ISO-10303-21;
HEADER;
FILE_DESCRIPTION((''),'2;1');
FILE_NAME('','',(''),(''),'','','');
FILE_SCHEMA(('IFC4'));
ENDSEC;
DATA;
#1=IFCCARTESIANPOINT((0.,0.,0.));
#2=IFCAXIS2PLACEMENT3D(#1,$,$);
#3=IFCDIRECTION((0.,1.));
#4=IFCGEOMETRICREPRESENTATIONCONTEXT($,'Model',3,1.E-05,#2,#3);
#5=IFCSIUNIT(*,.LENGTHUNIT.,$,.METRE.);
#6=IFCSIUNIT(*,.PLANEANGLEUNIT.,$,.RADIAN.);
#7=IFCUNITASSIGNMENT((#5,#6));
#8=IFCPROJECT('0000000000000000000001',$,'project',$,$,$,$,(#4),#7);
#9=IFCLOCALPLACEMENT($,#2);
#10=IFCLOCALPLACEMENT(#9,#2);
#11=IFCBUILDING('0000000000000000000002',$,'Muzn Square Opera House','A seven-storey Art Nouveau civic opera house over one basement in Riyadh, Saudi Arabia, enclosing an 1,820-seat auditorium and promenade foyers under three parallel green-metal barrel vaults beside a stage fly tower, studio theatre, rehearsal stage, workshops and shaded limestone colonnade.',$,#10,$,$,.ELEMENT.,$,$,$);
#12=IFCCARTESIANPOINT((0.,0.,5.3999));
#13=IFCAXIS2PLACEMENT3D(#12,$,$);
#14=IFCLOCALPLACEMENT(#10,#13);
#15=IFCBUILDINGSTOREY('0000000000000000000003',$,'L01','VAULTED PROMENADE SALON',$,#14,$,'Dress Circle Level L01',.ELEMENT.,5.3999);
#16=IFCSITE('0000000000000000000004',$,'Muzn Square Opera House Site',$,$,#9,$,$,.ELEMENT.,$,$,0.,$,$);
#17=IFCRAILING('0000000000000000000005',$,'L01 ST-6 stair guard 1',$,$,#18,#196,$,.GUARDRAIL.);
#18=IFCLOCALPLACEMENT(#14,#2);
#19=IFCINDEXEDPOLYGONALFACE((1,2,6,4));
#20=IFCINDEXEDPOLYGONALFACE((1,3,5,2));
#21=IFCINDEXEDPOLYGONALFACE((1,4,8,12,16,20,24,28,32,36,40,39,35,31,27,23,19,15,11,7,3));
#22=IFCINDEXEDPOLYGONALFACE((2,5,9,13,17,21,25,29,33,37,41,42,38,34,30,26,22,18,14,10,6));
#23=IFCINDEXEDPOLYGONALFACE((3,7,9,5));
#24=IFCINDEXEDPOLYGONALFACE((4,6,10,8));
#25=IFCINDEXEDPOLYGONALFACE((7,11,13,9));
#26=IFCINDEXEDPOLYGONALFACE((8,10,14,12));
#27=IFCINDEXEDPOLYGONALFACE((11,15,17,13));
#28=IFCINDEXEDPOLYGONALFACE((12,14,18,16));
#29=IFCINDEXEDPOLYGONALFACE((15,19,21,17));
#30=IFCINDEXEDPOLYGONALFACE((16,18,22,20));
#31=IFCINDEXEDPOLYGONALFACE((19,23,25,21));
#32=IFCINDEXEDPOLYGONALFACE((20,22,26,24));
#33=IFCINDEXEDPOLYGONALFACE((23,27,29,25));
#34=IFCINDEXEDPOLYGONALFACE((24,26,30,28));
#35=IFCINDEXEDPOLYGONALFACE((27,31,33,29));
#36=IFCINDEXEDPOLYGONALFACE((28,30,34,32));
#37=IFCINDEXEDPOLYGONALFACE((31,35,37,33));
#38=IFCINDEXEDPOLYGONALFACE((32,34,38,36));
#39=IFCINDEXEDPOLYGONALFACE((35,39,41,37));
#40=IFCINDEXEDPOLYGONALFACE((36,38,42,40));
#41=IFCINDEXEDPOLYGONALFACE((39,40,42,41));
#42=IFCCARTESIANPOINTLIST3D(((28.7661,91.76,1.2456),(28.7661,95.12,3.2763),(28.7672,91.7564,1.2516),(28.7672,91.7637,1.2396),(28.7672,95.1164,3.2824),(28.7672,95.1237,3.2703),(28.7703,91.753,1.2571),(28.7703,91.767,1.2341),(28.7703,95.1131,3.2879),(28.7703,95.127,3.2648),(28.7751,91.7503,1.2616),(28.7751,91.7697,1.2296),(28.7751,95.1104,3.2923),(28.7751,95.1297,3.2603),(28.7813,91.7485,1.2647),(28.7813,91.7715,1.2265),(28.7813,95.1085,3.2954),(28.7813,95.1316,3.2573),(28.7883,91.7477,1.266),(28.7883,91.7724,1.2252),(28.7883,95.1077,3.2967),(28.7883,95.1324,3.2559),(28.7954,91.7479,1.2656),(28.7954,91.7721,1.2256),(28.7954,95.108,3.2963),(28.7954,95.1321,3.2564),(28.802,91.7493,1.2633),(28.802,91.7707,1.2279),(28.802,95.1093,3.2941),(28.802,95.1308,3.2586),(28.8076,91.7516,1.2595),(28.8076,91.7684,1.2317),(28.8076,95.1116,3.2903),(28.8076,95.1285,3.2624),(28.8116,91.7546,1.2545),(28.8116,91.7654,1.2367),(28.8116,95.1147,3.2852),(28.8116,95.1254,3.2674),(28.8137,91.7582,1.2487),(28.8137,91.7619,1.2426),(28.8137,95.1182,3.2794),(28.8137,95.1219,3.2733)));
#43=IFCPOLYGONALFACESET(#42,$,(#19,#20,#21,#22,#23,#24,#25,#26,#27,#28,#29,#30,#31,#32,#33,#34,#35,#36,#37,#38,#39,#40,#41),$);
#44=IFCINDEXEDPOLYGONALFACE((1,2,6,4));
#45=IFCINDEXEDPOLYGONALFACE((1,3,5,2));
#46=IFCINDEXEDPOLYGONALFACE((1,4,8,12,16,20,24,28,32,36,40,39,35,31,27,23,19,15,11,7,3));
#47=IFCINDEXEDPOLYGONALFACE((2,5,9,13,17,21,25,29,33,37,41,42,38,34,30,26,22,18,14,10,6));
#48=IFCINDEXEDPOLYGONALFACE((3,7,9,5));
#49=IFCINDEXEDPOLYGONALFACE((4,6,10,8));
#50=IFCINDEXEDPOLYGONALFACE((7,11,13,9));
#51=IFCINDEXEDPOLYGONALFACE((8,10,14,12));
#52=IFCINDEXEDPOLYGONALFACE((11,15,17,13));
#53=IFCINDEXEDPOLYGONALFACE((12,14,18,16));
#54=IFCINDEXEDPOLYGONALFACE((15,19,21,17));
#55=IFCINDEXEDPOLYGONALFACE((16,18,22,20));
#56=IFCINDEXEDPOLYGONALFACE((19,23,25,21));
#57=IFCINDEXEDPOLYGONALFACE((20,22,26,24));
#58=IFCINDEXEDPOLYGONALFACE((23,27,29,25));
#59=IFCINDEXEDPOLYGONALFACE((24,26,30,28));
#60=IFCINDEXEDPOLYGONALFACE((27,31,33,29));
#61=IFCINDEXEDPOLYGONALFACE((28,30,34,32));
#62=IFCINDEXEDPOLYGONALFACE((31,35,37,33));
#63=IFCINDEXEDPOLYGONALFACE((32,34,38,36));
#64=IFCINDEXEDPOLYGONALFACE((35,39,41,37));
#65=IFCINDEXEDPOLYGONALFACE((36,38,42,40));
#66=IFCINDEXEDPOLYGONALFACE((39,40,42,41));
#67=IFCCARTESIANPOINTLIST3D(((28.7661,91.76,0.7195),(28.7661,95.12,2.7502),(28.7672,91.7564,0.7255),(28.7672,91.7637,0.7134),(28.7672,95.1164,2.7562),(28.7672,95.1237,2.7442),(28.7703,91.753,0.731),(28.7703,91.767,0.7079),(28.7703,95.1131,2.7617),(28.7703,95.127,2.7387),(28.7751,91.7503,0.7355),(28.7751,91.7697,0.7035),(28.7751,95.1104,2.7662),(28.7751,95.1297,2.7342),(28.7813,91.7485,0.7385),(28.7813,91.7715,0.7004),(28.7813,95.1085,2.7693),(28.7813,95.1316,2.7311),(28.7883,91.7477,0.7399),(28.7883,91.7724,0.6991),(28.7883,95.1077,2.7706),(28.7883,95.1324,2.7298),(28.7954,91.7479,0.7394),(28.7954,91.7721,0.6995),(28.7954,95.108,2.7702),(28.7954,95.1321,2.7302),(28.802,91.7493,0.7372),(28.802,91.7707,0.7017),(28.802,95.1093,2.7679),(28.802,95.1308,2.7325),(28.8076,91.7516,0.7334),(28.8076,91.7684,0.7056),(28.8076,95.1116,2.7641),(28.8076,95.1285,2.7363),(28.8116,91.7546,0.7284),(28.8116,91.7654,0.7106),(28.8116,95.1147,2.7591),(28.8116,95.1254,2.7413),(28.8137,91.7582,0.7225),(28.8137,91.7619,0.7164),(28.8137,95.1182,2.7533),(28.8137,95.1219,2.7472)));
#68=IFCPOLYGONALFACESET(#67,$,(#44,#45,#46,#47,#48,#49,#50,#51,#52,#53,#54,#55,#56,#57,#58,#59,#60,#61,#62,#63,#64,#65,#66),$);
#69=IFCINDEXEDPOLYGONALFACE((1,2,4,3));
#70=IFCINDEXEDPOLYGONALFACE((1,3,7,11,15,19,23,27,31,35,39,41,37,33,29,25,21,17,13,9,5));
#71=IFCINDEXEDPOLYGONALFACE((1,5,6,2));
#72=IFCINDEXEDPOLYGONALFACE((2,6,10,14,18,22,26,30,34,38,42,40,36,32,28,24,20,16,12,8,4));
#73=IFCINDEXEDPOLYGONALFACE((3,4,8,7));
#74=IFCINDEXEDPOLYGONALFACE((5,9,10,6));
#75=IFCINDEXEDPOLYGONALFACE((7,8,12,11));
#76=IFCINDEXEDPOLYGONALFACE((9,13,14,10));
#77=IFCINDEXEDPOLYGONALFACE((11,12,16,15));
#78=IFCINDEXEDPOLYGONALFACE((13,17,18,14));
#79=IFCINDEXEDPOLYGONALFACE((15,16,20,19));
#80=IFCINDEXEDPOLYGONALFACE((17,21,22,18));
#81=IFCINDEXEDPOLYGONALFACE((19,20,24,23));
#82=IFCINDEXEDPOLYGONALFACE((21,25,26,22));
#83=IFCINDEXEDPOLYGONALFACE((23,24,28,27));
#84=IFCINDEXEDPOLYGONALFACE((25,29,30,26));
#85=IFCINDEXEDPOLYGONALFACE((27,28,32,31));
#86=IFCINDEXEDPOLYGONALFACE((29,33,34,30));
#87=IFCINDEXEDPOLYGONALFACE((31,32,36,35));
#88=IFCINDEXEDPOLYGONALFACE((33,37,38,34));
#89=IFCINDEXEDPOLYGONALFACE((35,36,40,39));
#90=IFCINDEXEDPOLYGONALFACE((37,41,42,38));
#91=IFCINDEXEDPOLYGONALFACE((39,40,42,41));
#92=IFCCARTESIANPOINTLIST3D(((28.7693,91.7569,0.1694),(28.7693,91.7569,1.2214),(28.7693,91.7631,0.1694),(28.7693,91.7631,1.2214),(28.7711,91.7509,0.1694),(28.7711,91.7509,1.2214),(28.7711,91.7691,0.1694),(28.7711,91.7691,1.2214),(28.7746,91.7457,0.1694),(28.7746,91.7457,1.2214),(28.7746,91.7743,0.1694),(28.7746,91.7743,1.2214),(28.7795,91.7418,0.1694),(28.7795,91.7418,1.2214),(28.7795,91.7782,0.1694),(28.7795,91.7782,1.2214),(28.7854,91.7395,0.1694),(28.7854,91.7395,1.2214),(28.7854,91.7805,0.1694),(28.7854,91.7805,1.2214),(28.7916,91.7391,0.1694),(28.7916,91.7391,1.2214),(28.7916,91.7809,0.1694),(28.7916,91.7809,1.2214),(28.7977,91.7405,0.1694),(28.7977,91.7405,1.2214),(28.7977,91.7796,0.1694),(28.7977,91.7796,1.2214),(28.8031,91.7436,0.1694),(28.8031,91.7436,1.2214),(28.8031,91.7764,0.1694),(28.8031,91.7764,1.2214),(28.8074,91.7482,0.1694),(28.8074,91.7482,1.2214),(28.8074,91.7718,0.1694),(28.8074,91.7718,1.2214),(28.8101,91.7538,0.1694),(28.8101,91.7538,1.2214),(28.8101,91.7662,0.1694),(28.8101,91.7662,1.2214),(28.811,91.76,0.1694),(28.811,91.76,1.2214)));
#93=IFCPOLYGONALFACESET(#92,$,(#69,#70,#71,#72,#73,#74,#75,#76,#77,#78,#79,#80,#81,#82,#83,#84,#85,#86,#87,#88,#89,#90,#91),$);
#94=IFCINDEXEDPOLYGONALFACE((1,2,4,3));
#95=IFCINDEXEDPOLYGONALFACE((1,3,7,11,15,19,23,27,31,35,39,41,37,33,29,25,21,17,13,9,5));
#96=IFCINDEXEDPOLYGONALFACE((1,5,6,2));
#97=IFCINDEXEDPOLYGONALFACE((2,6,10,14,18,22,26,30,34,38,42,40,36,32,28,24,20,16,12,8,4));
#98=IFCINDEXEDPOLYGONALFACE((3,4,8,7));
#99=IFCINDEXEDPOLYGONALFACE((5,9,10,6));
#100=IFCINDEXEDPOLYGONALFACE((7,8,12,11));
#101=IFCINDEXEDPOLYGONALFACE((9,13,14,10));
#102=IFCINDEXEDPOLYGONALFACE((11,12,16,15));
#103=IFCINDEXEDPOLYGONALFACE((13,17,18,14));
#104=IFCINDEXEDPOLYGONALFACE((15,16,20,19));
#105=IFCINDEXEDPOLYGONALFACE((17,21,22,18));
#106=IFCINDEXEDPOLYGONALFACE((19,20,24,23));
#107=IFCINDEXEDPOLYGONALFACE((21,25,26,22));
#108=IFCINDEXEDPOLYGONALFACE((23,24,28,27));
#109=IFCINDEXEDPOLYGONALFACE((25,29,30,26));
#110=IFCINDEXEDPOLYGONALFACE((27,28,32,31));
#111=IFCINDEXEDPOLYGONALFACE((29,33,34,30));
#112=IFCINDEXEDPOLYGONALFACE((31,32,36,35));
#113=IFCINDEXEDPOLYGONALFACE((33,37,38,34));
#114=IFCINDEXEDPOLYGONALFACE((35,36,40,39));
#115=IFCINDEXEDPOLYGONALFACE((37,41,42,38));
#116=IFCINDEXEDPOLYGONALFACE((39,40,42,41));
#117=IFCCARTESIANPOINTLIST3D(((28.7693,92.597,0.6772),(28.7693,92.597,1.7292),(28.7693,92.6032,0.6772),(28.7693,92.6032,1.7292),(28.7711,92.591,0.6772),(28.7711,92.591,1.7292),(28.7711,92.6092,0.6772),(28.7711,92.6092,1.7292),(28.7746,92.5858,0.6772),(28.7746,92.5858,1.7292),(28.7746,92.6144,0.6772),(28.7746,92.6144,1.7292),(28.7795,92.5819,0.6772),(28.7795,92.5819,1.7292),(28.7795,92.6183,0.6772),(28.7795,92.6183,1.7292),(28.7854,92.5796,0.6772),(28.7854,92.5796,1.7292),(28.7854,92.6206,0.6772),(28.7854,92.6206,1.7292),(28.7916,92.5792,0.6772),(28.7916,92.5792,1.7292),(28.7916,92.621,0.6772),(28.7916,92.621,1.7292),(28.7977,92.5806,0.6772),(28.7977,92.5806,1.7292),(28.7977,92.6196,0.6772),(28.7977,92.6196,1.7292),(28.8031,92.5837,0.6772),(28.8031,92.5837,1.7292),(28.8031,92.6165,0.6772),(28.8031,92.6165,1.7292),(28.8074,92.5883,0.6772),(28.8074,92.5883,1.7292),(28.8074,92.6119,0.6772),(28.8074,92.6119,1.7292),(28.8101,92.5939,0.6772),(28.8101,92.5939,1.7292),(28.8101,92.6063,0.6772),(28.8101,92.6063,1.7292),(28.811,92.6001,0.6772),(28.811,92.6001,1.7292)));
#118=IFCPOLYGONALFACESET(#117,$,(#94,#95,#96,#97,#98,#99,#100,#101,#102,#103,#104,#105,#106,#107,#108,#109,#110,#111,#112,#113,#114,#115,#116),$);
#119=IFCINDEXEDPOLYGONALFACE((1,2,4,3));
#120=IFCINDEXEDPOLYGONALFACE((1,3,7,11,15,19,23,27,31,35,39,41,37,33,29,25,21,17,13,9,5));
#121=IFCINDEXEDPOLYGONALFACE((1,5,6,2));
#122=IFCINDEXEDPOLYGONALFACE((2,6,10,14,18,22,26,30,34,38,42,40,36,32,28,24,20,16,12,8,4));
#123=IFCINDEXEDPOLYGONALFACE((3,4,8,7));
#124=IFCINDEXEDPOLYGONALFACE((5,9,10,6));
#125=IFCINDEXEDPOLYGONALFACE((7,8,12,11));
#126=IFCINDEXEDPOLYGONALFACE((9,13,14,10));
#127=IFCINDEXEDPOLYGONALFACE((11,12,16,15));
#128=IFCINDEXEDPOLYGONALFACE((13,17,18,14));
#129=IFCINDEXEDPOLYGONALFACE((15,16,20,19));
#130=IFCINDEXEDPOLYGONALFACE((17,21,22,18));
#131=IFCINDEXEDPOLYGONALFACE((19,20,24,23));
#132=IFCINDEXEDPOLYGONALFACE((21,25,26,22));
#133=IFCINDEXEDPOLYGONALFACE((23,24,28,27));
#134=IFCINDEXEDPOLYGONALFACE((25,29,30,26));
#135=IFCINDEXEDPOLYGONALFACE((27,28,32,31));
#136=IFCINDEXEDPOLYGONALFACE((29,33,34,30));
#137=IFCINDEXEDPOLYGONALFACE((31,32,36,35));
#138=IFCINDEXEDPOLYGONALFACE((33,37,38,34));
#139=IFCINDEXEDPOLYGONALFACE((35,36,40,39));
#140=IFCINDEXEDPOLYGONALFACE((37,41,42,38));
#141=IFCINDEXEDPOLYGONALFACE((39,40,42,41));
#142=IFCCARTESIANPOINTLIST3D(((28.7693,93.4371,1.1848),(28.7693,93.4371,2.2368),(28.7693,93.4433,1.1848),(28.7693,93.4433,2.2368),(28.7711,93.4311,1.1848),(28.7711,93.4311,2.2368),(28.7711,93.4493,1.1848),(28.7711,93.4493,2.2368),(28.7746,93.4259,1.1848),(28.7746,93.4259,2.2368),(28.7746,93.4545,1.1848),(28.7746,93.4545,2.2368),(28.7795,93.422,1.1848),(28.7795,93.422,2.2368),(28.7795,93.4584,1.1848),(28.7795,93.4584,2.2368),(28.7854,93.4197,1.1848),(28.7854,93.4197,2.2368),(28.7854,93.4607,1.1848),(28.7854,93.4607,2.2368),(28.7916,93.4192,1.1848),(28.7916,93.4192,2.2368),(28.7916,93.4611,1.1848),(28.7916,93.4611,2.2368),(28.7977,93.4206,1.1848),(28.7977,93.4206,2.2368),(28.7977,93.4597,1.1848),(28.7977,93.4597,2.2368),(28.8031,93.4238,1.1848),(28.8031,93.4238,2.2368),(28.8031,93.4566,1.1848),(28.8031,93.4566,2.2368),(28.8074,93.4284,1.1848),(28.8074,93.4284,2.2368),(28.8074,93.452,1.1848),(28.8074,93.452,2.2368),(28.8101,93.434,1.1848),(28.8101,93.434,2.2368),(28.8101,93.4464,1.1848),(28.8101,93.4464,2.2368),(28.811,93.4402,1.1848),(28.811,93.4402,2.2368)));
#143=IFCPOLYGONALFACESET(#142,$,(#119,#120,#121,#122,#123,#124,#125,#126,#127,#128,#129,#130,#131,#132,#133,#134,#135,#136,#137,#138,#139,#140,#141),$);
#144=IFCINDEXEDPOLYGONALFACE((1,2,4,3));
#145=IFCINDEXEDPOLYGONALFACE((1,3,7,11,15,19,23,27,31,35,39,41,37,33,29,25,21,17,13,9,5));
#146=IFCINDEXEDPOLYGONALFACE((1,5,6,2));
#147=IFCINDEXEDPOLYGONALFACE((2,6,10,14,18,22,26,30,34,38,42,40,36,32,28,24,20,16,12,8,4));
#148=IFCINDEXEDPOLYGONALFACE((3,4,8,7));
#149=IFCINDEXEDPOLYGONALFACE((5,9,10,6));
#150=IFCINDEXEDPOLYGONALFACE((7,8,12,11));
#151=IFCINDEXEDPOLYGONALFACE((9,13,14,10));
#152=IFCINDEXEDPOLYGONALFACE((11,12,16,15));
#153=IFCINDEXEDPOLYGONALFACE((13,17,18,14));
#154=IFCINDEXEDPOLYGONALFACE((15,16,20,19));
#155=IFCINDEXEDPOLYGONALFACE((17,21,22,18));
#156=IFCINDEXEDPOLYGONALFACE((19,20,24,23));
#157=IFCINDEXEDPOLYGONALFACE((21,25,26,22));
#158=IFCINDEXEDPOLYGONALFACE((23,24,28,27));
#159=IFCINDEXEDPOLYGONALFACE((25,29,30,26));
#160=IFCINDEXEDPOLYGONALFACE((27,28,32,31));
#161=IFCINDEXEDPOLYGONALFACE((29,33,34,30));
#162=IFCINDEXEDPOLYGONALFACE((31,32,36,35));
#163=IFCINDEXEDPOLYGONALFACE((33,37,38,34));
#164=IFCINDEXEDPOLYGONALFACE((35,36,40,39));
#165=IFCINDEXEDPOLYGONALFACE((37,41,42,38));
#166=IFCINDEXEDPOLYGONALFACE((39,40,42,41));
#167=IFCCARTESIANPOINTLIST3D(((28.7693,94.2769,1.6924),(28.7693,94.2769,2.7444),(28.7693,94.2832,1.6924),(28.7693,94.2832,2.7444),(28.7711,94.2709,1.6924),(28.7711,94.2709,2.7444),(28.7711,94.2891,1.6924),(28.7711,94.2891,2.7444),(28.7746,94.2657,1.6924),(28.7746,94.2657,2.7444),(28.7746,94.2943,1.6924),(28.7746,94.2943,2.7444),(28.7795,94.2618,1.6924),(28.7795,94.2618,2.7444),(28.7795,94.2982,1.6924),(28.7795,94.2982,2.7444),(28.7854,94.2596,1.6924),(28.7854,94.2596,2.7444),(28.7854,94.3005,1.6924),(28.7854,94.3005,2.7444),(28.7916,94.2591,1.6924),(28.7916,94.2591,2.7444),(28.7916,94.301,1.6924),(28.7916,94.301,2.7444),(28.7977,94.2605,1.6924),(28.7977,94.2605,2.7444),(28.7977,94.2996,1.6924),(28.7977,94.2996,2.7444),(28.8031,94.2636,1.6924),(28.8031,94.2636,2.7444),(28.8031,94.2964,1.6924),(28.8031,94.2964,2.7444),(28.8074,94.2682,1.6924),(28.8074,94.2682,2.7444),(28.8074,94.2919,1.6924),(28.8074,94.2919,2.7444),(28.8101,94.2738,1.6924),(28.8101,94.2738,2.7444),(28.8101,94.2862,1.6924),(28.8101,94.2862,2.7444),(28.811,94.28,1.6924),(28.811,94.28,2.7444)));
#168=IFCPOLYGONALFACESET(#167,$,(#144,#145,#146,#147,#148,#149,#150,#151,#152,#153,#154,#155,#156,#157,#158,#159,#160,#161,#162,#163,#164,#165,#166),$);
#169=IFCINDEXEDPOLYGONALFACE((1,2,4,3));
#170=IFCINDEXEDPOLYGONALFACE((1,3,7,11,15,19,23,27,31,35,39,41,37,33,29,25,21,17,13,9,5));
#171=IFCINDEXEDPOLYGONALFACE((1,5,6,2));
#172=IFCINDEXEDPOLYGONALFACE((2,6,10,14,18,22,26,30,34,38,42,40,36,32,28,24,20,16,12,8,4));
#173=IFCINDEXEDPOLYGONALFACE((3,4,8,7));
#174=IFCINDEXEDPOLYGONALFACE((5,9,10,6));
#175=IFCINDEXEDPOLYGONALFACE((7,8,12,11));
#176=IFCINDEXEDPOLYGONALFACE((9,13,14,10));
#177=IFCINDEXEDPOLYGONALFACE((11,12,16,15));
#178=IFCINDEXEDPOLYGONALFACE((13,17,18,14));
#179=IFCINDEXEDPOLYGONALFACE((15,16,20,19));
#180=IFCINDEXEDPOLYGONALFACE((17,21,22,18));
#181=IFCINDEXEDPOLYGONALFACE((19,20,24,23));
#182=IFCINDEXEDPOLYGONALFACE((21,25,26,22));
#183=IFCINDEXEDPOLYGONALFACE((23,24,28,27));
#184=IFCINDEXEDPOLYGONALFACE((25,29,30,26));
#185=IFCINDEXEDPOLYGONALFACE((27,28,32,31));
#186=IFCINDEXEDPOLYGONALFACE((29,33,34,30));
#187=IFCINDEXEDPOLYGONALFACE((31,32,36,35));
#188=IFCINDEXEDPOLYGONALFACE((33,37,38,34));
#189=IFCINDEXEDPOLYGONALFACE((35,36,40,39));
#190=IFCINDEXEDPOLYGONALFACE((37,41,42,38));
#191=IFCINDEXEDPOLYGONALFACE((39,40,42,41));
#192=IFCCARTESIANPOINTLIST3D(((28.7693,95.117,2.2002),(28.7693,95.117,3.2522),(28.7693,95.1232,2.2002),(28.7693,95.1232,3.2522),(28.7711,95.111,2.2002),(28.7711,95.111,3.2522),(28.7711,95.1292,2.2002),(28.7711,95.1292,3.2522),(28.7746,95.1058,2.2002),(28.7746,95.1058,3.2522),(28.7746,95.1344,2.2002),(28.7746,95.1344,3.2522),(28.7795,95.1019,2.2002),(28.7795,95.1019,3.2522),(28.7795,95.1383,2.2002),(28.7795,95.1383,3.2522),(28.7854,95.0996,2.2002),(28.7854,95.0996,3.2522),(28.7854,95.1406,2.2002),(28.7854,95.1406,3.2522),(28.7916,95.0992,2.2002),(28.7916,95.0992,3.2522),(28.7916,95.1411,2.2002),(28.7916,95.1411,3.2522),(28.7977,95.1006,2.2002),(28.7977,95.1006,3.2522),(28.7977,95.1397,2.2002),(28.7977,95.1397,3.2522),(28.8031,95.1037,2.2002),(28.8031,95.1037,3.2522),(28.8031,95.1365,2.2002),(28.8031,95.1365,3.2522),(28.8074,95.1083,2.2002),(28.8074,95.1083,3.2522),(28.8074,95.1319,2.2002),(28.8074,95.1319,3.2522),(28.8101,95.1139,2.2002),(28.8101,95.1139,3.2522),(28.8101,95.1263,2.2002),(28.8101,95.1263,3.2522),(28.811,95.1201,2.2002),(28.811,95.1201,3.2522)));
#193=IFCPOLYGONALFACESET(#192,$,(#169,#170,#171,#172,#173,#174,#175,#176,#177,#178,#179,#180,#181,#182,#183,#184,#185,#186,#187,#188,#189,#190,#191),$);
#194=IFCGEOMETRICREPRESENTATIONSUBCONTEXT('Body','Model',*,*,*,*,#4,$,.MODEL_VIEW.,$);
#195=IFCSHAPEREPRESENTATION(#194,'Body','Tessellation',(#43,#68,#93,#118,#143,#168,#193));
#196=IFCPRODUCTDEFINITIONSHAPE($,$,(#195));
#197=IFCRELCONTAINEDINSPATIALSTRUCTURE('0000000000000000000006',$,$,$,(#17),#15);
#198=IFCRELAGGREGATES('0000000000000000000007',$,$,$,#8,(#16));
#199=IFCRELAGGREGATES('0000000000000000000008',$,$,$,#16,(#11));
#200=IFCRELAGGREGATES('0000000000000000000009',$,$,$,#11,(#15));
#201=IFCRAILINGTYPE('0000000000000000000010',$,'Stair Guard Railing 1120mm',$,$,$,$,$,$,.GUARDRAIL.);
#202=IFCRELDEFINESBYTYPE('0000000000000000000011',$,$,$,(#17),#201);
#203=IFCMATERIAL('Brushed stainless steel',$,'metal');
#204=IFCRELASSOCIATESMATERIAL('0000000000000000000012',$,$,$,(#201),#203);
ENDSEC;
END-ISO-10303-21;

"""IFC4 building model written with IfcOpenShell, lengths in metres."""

from ifc_helpers import new_model, si_unit, direction, frame, origin, origin_2d, place, context, subcontext, project, spatial, circle, extrude, material, type_object, element, save


model = new_model("IFC4")

# Units and contexts
model_context = context("Model", 3, precision=1e-05, world=origin(), true_north=direction((0.0, 1.0)))
body_context = subcontext(model_context, "Body", "Model", "MODEL_VIEW")
ifc_project = project(units=[si_unit("LENGTHUNIT", "METRE"), si_unit("PLANEANGLEUNIT", "RADIAN")], contexts=[model_context])

# Site, building, storey
site_placement = place(None, origin())
site = spatial("IfcSite", under=ifc_project, at=site_placement, Name="Muzn Square Opera House Site", CompositionType="ELEMENT", RefElevation=0.0)
building_placement = place(site_placement, origin())
building = spatial("IfcBuilding", under=site, at=building_placement, Name="Muzn Square Opera House", Description="A seven-storey Art Nouveau civic opera house over one basement in Riyadh, Saudi Arabia, enclosing an 1,820-seat auditorium and promenade foyers under three parallel green-metal barrel vaults beside a stage fly tower, studio theatre, rehearsal stage, workshops and shaded limestone colonnade.", CompositionType="ELEMENT")
storey_placement = place(building_placement, frame((0.0, 0.0, 5.3999)))
storey = spatial("IfcBuildingStorey", under=building, at=storey_placement, Name="L01", Description="VAULTED PROMENADE SALON", LongName="Dress Circle Level L01", CompositionType="ELEMENT", Elevation=5.3999)

# Railing
ifc_material_1 = material(Name="Brushed stainless steel", Category="metal")
railing_type_1 = type_object("IfcRailingType", Name="Stair Guard Railing 1120mm", PredefinedType="GUARDRAIL", material=ifc_material_1)
railing_1_placement = place(storey_placement, frame((28.79, 91.76, 0.1694)))
element("IfcRailing", 1, at=railing_1_placement, inside=storey, type_object=railing_type_1, Name="L01 ST-6 stair guard 1", PredefinedType="GUARDRAIL", context=body_context, shape_type="SweptSolid", body=[
    extrude(circle(Radius=0.0239, at=origin_2d()), frame((0.0, 0.0, 1.0762), z_axis=(0.0, 0.855837, 0.517246), x_axis=(-1.0, 0.0, 0.0)), (0.0, 0.0, 1.0), 3.926),
    extrude(circle(Radius=0.0239, at=origin_2d()), frame((0.0, 0.0, 0.55), z_axis=(0.0, 0.855837, 0.517246), x_axis=(-1.0, 0.0, 0.0)), (0.0, 0.0, 1.0), 3.926),
    extrude(circle(Radius=0.021, at=origin_2d()), origin(), (0.0, 0.0, 1.0), 1.052),
    extrude(circle(Radius=0.021, at=origin_2d()), frame((0.0, 0.8401, 0.5078)), (0.0, 0.0, 1.0), 1.052),
    extrude(circle(Radius=0.021, at=origin_2d()), frame((0.0, 1.6802, 1.0154)), (0.0, 0.0, 1.0), 1.052),
    extrude(circle(Radius=0.021, at=origin_2d()), frame((0.0, 2.52, 1.5229)), (0.0, 0.0, 1.0), 1.052),
    extrude(circle(Radius=0.021, at=origin_2d()), frame((0.0, 3.3601, 2.0308)), (0.0, 0.0, 1.0), 1.052),
])

save(model, "model.ifc")
